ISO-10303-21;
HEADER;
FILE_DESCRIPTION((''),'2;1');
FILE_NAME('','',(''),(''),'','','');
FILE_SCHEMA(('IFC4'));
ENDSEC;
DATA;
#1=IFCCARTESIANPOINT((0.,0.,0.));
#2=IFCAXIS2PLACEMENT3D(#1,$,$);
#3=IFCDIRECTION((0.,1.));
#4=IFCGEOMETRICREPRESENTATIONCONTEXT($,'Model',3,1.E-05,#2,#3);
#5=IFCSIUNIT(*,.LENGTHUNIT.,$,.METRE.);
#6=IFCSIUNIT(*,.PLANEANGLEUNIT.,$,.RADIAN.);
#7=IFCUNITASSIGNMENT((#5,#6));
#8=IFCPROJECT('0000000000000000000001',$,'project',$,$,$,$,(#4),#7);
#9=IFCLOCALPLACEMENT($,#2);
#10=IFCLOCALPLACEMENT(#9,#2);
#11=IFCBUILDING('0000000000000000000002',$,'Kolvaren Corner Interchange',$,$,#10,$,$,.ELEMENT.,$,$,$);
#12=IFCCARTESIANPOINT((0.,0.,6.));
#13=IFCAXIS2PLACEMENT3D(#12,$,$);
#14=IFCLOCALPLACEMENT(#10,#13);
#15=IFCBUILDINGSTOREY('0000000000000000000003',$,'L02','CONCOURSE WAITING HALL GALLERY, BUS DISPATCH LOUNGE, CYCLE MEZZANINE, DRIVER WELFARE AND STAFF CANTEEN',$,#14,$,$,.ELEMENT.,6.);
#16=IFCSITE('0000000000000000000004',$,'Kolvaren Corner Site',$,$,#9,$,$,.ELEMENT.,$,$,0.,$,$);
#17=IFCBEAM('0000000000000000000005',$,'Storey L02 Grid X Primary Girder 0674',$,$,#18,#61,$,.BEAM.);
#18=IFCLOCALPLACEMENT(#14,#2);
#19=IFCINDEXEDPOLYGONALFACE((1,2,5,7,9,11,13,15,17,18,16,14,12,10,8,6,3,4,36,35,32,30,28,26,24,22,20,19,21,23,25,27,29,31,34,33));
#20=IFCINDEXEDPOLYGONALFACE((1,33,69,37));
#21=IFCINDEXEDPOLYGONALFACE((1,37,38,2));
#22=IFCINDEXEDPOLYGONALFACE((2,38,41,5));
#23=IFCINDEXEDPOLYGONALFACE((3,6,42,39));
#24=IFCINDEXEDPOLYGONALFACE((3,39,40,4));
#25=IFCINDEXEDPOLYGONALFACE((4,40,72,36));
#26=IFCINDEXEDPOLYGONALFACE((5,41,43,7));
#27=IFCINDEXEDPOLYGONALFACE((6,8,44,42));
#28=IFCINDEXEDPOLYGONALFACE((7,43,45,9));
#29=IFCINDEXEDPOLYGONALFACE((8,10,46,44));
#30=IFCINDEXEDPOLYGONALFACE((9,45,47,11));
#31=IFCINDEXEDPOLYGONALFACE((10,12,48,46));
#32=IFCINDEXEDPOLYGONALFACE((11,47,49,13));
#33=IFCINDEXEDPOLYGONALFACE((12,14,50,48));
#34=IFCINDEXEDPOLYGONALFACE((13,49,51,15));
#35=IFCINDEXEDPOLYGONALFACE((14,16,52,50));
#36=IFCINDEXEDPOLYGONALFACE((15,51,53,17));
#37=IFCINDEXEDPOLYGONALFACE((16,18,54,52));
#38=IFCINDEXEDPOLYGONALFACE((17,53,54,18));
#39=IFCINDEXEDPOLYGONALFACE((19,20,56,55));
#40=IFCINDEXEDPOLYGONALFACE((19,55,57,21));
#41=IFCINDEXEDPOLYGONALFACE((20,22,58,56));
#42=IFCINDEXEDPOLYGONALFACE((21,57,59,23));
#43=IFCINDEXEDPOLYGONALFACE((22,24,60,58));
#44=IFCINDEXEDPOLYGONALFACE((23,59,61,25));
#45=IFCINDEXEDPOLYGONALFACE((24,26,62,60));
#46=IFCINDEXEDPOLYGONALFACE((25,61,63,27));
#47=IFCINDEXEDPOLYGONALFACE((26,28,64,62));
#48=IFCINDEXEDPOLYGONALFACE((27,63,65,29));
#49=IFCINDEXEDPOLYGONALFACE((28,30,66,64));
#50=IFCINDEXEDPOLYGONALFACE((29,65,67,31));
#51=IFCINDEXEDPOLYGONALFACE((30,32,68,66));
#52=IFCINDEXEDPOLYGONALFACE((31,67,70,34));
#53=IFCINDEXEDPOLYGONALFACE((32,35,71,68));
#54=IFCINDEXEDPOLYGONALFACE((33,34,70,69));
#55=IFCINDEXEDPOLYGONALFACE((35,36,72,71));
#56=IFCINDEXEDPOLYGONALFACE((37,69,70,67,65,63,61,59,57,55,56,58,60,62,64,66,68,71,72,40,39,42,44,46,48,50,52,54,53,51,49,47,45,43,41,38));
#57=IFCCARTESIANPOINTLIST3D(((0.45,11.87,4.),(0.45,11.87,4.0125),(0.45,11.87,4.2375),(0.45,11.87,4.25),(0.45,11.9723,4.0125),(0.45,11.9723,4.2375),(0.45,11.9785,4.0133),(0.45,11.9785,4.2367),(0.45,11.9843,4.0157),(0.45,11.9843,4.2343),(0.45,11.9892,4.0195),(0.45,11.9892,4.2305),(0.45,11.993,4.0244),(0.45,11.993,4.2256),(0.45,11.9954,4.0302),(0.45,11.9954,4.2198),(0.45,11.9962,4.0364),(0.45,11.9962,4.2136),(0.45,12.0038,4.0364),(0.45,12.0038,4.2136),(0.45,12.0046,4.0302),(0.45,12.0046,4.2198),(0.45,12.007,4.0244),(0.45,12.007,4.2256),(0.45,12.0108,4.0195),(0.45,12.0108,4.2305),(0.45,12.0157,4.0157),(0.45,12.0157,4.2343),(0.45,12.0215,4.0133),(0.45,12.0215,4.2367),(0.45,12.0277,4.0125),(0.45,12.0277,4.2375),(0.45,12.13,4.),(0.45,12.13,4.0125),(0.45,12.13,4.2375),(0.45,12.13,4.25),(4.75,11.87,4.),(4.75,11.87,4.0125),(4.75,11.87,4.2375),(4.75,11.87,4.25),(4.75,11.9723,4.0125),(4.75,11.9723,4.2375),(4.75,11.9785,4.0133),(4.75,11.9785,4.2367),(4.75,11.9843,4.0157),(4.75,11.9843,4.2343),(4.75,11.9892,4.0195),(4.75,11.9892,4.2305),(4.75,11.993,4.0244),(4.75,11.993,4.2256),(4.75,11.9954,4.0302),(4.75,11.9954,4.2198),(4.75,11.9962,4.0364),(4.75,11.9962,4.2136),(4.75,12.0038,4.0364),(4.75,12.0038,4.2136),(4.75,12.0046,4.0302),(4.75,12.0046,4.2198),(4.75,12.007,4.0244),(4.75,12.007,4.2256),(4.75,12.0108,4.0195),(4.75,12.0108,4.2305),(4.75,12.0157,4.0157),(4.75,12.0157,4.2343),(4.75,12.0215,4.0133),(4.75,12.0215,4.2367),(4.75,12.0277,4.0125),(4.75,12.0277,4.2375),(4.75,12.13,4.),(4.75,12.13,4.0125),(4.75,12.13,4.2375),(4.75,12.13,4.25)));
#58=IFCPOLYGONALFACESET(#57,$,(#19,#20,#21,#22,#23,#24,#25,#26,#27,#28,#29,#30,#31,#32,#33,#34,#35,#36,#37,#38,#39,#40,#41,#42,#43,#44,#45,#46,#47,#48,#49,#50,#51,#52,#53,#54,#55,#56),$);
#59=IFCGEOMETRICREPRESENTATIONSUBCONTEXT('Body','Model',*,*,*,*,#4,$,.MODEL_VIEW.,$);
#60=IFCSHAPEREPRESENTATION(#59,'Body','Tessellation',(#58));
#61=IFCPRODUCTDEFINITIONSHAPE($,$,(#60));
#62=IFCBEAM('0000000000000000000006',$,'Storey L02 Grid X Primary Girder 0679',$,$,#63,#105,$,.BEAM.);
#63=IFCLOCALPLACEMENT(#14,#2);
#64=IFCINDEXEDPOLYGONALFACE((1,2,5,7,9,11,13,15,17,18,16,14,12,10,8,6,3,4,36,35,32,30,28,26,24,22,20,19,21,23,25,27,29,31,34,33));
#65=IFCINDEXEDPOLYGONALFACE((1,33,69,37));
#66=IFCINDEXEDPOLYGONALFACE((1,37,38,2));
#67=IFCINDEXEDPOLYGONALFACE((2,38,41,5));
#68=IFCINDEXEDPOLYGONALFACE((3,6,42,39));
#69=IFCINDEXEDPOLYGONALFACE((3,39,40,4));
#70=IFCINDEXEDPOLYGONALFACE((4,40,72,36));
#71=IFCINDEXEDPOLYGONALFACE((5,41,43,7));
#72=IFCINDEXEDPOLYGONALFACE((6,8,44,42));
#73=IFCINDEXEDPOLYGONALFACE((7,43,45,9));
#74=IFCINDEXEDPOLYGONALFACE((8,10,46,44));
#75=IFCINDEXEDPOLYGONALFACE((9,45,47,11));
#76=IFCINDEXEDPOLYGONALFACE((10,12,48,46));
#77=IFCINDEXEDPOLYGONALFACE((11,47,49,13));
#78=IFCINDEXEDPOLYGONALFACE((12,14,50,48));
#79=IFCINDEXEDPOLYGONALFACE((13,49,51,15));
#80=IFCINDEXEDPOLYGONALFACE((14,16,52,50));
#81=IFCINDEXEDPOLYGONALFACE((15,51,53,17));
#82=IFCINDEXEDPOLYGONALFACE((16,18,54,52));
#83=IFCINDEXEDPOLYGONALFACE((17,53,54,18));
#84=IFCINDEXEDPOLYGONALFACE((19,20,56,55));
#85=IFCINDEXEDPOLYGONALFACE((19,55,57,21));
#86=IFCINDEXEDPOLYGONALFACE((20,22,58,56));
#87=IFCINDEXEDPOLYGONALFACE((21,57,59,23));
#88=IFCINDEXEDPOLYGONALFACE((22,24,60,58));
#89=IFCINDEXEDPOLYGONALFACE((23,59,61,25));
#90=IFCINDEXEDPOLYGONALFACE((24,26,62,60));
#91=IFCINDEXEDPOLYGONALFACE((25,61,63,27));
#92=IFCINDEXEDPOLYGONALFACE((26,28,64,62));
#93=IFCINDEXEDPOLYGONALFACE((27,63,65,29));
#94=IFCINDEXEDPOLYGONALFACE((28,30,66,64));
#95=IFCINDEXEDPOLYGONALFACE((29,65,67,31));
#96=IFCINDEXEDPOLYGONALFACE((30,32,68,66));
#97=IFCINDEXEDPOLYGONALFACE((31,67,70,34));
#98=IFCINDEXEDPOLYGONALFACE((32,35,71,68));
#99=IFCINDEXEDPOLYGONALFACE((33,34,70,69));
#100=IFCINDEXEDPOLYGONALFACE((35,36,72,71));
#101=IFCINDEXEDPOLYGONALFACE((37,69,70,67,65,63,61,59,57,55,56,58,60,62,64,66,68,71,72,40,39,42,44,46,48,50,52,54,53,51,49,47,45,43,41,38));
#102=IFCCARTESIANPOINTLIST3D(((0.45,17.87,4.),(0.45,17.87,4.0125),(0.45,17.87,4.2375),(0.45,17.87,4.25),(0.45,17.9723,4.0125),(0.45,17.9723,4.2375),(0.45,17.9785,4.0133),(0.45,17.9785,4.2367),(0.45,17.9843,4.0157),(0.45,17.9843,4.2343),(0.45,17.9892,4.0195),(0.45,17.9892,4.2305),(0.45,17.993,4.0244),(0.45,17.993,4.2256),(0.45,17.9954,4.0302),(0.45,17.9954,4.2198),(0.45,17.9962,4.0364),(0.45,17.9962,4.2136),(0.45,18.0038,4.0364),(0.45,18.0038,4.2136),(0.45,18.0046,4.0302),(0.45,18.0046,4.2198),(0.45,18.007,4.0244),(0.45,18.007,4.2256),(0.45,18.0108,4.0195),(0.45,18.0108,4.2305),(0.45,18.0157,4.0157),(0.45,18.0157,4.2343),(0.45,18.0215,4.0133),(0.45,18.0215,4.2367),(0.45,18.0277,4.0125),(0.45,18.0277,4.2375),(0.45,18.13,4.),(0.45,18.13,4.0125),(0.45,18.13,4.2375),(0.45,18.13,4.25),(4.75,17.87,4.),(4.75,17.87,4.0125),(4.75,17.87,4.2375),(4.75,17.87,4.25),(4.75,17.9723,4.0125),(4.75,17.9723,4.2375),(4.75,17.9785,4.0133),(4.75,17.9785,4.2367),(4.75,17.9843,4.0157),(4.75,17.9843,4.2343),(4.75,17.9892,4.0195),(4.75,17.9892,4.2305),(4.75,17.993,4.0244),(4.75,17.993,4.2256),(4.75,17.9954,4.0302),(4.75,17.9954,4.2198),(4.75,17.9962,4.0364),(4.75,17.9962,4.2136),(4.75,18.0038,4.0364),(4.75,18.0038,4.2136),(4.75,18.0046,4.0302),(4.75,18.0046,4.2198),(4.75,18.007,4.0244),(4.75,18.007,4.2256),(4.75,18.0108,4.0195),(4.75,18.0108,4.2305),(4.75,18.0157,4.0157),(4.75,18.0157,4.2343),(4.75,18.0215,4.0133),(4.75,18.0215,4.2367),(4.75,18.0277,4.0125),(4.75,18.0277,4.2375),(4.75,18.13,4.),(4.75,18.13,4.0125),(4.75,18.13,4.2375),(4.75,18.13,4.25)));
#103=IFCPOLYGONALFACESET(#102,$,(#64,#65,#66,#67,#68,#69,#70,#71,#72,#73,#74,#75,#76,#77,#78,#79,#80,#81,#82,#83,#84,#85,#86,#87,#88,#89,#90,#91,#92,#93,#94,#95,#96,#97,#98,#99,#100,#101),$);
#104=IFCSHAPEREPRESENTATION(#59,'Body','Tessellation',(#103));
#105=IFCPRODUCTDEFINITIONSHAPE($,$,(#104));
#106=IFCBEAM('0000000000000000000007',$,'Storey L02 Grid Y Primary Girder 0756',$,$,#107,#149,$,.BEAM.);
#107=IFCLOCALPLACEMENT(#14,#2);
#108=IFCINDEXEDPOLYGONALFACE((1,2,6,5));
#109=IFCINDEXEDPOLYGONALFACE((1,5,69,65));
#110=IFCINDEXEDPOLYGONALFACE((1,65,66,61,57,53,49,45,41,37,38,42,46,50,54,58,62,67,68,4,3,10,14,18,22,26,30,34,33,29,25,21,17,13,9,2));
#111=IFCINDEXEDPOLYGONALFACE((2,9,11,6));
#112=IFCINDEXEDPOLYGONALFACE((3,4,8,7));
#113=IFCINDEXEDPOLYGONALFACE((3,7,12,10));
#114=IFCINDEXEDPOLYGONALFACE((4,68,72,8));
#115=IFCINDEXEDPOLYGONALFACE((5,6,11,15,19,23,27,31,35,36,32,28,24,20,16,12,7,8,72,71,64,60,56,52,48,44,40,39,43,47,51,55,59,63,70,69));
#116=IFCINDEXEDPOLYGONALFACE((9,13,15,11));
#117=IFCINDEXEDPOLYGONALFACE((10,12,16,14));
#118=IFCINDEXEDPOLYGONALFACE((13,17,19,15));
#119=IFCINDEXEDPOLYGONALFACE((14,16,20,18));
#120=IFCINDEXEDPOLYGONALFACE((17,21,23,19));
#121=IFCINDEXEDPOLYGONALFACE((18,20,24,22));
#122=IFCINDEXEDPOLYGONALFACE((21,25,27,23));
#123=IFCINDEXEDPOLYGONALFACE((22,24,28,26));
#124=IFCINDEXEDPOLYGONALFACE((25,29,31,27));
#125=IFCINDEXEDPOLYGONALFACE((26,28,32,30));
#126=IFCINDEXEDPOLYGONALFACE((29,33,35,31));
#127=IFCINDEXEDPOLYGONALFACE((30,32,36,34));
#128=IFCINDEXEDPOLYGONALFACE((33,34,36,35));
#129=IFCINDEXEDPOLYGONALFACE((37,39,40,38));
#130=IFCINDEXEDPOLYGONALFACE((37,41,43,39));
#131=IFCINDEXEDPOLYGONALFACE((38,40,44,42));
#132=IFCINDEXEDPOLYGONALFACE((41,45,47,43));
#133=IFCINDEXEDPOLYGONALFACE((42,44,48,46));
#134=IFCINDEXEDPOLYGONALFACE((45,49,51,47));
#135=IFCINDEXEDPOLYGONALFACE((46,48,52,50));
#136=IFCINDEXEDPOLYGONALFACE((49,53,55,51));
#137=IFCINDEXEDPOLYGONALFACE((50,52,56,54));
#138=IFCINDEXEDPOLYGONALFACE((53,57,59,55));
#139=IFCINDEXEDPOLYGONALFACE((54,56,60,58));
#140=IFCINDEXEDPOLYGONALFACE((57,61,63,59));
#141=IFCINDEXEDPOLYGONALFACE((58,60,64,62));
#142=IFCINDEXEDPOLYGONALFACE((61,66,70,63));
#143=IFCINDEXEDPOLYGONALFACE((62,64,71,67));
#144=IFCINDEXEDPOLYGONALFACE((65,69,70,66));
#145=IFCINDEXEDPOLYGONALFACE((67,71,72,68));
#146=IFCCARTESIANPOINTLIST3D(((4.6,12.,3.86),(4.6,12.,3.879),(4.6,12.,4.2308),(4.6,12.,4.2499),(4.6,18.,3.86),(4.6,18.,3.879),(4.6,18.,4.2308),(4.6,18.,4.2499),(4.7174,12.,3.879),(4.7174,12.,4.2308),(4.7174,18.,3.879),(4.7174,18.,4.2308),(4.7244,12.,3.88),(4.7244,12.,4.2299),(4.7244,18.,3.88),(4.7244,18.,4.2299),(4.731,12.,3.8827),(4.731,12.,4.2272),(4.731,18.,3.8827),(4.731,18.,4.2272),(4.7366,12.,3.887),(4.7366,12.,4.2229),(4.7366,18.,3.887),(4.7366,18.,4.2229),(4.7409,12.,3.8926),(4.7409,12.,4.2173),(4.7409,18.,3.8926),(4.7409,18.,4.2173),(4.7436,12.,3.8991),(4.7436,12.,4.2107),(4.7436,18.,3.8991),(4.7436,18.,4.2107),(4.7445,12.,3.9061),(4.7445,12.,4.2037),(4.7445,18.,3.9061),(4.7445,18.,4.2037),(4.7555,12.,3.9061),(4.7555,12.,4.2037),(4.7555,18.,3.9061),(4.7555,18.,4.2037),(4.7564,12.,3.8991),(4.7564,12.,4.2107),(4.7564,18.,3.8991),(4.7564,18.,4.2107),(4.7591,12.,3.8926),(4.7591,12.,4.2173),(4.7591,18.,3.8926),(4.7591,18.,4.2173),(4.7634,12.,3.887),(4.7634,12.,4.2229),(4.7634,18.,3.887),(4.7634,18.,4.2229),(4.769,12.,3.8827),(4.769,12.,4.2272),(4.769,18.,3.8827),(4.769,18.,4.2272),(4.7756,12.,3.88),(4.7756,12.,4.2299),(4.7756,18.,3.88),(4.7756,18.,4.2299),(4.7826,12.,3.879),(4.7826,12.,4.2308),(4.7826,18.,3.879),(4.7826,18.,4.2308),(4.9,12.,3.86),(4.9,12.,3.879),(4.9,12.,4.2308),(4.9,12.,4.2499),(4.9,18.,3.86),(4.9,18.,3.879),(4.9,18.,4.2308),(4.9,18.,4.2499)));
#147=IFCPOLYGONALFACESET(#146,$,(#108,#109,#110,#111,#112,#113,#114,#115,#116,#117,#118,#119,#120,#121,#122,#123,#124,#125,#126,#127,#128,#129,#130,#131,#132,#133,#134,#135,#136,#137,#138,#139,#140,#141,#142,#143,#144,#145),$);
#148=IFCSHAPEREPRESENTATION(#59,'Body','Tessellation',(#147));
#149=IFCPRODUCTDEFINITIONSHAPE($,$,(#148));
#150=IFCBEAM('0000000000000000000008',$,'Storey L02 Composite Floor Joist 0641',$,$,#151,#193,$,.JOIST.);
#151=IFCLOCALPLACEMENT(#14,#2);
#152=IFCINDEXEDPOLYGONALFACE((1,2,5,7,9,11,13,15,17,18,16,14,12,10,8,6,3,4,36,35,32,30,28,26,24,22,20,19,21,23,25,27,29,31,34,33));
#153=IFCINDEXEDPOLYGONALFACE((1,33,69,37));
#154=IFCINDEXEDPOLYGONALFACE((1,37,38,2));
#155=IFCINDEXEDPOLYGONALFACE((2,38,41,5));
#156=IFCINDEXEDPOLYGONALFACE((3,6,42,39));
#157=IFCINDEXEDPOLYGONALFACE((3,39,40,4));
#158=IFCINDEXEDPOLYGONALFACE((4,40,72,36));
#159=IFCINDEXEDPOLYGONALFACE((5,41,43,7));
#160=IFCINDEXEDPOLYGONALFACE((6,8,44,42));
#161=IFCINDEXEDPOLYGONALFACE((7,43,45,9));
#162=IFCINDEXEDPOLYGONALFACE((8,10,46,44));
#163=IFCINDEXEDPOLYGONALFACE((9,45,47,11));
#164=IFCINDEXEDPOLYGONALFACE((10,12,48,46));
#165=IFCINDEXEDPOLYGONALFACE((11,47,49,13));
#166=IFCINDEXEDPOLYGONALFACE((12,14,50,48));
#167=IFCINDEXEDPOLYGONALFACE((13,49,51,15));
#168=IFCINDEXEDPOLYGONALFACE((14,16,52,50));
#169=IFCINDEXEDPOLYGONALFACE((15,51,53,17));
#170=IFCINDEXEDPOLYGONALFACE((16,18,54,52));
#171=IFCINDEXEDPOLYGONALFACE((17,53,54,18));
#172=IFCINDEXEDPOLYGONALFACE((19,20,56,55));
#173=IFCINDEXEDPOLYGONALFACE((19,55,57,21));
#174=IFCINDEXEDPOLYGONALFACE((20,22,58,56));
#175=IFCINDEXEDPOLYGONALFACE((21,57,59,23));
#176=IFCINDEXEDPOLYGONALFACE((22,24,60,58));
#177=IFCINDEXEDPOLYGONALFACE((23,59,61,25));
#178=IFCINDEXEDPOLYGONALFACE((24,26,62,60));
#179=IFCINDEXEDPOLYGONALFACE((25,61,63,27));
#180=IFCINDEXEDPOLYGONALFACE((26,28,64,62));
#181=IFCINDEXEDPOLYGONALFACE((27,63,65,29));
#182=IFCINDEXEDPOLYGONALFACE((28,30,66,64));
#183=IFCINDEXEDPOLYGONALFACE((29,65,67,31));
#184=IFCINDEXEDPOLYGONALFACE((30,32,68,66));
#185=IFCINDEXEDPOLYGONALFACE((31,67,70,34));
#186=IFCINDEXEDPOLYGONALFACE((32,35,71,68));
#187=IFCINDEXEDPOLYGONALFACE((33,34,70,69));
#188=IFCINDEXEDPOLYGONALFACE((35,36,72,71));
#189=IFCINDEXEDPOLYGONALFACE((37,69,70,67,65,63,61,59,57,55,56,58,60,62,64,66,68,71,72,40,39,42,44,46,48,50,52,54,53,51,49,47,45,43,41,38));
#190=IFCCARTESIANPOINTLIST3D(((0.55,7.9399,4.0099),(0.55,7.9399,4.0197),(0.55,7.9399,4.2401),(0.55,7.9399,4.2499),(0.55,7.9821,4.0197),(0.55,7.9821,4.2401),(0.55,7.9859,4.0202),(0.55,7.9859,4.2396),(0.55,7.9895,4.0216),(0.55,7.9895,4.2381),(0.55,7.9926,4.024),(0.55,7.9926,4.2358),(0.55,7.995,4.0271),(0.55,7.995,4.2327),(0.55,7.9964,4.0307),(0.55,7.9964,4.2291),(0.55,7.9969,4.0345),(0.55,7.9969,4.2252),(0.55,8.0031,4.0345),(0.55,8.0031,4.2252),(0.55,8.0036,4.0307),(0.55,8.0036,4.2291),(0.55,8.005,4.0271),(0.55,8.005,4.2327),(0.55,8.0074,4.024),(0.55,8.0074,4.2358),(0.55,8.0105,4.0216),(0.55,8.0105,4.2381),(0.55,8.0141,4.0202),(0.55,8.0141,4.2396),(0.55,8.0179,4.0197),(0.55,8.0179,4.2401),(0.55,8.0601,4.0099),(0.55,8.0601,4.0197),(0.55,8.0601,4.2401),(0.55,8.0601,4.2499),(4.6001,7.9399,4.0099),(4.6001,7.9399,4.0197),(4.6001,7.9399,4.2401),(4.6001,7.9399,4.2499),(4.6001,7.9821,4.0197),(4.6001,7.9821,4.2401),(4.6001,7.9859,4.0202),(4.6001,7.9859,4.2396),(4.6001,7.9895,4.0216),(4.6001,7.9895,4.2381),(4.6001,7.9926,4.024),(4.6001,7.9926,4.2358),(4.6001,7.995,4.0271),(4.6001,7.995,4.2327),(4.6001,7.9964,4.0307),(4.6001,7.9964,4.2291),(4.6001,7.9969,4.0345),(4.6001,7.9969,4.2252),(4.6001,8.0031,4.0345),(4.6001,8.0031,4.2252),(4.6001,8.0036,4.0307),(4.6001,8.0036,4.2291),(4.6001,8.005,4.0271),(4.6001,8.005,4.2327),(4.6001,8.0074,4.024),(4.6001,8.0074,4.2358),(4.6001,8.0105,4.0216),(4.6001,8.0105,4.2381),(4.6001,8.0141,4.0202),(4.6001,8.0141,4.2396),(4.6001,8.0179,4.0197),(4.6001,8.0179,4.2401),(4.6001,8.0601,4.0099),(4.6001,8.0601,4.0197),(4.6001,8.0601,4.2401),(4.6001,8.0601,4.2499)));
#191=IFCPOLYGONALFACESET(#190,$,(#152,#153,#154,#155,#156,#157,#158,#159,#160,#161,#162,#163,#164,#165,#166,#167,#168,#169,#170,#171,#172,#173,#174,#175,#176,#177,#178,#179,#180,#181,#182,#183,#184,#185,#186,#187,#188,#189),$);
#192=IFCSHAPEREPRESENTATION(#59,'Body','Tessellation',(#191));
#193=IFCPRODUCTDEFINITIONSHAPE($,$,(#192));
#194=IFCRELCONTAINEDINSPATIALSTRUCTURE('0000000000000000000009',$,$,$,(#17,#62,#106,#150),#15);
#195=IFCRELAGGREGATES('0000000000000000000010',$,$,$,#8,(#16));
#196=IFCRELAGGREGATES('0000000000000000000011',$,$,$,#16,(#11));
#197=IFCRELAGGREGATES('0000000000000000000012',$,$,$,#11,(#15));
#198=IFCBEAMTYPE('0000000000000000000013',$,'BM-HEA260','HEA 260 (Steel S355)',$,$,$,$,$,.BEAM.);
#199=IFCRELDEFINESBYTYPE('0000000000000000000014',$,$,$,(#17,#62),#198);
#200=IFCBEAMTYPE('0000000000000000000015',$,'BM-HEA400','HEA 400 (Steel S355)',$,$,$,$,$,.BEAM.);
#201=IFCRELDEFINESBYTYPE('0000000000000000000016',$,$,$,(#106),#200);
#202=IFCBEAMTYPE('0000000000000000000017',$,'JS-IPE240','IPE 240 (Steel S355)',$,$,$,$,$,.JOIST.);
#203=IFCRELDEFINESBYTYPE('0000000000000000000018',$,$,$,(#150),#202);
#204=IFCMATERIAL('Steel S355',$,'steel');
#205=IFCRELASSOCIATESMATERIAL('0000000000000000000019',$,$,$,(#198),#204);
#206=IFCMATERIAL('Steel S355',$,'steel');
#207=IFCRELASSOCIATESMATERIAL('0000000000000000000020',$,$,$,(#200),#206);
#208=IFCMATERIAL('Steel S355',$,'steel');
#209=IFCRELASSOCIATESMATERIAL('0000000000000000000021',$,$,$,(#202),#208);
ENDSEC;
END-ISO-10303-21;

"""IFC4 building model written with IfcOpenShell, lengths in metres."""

from ifc_helpers import new_model, si_unit, direction, frame, origin, origin_2d, place, context, subcontext, project, spatial, i_section, extrude, material, material_profile, profile_set, type_object, element, save


model = new_model("IFC4")

# Units and contexts
model_context = context("Model", 3, precision=1e-05, world=origin(), true_north=direction((0.0, 1.0)))
body_context = subcontext(model_context, "Body", "Model", "MODEL_VIEW")
ifc_project = project(units=[si_unit("LENGTHUNIT", "METRE"), si_unit("PLANEANGLEUNIT", "RADIAN")], contexts=[model_context])

# Site, building, storey
site_placement = place(None, origin())
site = spatial("IfcSite", under=ifc_project, at=site_placement, Name="Kolvaren Corner Site", CompositionType="ELEMENT", RefElevation=0.0)
building_placement = place(site_placement, origin())
building = spatial("IfcBuilding", under=site, at=building_placement, Name="Kolvaren Corner Interchange", CompositionType="ELEMENT")
storey_placement = place(building_placement, frame((0.0, 0.0, 6.0)))
storey = spatial("IfcBuildingStorey", under=building, at=storey_placement, Name="L02", Description="CONCOURSE WAITING HALL GALLERY, BUS DISPATCH LOUNGE, CYCLE MEZZANINE, DRIVER WELFARE AND STAFF CANTEEN", CompositionType="ELEMENT", Elevation=6.0)

# Beams
ifc_material_1 = material(Name="Steel S355", Category="steel")
ifc_material_profile_1 = material_profile(ifc_material_1, i_section(OverallWidth=0.26, OverallDepth=0.25, WebThickness=0.0076, FlangeThickness=0.0125, FilletRadius=0.0239, at=origin_2d()), Name="HEA 260")
ifc_profile_set_1 = profile_set([ifc_material_profile_1], Name="Steel S355")
beam_type_1 = type_object("IfcBeamType", Name="BM-HEA260", Description="HEA 260 (Steel S355)", PredefinedType="BEAM", material=ifc_profile_set_1)
for number, where, z_axis, x_axis, name in (
    (1, (0.45, 12.0, 4.125), (1.0, 0.0, 0.0), (0.0, 1.0, 0.0), "Storey L02 Grid X Primary Girder 0674"),
    (2, (0.45, 18.0, 4.125), (1.0, 0.0, 0.0), (0.0, 1.0, 0.0), "Storey L02 Grid X Primary Girder 0679"),
):
    element("IfcBeam", number, at=place(storey_placement, frame(where, z_axis=z_axis, x_axis=x_axis)), inside=storey, type_object=beam_type_1, Name=name, PredefinedType="BEAM", context=body_context, shape_type="SweptSolid", body=[
        extrude(i_section(OverallWidth=0.26, OverallDepth=0.25, WebThickness=0.0076, FlangeThickness=0.0125, FilletRadius=0.0239, at=origin_2d()), origin(), (0.0, 0.0, 1.0), 4.3),
    ])
ifc_material_2 = material(Name="Steel S355", Category="steel")
ifc_material_profile_2 = material_profile(ifc_material_2, i_section(OverallWidth=0.3, OverallDepth=0.3899, WebThickness=0.011, FlangeThickness=0.019, FilletRadius=0.0271, at=origin_2d()), Name="HEA 400")
ifc_profile_set_2 = profile_set([ifc_material_profile_2], Name="Steel S355")
beam_type_2 = type_object("IfcBeamType", Name="BM-HEA400", Description="HEA 400 (Steel S355)", PredefinedType="BEAM", material=ifc_profile_set_2)
beam_placement = place(storey_placement, frame((4.75, 12.0, 4.0549), z_axis=(0.0, 1.0, 0.0), x_axis=(-1.0, 0.0, 0.0)))
element("IfcBeam", 3, at=beam_placement, inside=storey, type_object=beam_type_2, Name="Storey L02 Grid Y Primary Girder 0756", PredefinedType="BEAM", context=body_context, shape_type="SweptSolid", body=[
    extrude(i_section(OverallWidth=0.3, OverallDepth=0.3899, WebThickness=0.011, FlangeThickness=0.019, FilletRadius=0.0271, at=origin_2d()), origin(), (0.0, 0.0, 1.0), 6.0),
])
ifc_material_3 = material(Name="Steel S355", Category="steel")
ifc_material_profile_3 = material_profile(ifc_material_3, i_section(OverallWidth=0.1201, OverallDepth=0.24, WebThickness=0.0061, FlangeThickness=0.0098, FilletRadius=0.0149, at=origin_2d()), Name="IPE 240")
ifc_profile_set_3 = profile_set([ifc_material_profile_3], Name="Steel S355")
beam_type_3 = type_object("IfcBeamType", Name="JS-IPE240", Description="IPE 240 (Steel S355)", PredefinedType="JOIST", material=ifc_profile_set_3)
for number, where, z_axis, x_axis, name in (
    (4, (0.55, 8.0, 4.1299), (1.0, 0.0, 0.0), (0.0, 1.0, 0.0), "Storey L02 Composite Floor Joist 0641"),
):
    element("IfcBeam", number, at=place(storey_placement, frame(where, z_axis=z_axis, x_axis=x_axis)), inside=storey, type_object=beam_type_3, Name=name, PredefinedType="JOIST", context=body_context, shape_type="SweptSolid", body=[
        extrude(i_section(OverallWidth=0.1201, OverallDepth=0.24, WebThickness=0.0061, FlangeThickness=0.0098, FilletRadius=0.0149, at=origin_2d()), origin(), (0.0, 0.0, 1.0), 4.05),
    ])

save(model, "model.ifc")
